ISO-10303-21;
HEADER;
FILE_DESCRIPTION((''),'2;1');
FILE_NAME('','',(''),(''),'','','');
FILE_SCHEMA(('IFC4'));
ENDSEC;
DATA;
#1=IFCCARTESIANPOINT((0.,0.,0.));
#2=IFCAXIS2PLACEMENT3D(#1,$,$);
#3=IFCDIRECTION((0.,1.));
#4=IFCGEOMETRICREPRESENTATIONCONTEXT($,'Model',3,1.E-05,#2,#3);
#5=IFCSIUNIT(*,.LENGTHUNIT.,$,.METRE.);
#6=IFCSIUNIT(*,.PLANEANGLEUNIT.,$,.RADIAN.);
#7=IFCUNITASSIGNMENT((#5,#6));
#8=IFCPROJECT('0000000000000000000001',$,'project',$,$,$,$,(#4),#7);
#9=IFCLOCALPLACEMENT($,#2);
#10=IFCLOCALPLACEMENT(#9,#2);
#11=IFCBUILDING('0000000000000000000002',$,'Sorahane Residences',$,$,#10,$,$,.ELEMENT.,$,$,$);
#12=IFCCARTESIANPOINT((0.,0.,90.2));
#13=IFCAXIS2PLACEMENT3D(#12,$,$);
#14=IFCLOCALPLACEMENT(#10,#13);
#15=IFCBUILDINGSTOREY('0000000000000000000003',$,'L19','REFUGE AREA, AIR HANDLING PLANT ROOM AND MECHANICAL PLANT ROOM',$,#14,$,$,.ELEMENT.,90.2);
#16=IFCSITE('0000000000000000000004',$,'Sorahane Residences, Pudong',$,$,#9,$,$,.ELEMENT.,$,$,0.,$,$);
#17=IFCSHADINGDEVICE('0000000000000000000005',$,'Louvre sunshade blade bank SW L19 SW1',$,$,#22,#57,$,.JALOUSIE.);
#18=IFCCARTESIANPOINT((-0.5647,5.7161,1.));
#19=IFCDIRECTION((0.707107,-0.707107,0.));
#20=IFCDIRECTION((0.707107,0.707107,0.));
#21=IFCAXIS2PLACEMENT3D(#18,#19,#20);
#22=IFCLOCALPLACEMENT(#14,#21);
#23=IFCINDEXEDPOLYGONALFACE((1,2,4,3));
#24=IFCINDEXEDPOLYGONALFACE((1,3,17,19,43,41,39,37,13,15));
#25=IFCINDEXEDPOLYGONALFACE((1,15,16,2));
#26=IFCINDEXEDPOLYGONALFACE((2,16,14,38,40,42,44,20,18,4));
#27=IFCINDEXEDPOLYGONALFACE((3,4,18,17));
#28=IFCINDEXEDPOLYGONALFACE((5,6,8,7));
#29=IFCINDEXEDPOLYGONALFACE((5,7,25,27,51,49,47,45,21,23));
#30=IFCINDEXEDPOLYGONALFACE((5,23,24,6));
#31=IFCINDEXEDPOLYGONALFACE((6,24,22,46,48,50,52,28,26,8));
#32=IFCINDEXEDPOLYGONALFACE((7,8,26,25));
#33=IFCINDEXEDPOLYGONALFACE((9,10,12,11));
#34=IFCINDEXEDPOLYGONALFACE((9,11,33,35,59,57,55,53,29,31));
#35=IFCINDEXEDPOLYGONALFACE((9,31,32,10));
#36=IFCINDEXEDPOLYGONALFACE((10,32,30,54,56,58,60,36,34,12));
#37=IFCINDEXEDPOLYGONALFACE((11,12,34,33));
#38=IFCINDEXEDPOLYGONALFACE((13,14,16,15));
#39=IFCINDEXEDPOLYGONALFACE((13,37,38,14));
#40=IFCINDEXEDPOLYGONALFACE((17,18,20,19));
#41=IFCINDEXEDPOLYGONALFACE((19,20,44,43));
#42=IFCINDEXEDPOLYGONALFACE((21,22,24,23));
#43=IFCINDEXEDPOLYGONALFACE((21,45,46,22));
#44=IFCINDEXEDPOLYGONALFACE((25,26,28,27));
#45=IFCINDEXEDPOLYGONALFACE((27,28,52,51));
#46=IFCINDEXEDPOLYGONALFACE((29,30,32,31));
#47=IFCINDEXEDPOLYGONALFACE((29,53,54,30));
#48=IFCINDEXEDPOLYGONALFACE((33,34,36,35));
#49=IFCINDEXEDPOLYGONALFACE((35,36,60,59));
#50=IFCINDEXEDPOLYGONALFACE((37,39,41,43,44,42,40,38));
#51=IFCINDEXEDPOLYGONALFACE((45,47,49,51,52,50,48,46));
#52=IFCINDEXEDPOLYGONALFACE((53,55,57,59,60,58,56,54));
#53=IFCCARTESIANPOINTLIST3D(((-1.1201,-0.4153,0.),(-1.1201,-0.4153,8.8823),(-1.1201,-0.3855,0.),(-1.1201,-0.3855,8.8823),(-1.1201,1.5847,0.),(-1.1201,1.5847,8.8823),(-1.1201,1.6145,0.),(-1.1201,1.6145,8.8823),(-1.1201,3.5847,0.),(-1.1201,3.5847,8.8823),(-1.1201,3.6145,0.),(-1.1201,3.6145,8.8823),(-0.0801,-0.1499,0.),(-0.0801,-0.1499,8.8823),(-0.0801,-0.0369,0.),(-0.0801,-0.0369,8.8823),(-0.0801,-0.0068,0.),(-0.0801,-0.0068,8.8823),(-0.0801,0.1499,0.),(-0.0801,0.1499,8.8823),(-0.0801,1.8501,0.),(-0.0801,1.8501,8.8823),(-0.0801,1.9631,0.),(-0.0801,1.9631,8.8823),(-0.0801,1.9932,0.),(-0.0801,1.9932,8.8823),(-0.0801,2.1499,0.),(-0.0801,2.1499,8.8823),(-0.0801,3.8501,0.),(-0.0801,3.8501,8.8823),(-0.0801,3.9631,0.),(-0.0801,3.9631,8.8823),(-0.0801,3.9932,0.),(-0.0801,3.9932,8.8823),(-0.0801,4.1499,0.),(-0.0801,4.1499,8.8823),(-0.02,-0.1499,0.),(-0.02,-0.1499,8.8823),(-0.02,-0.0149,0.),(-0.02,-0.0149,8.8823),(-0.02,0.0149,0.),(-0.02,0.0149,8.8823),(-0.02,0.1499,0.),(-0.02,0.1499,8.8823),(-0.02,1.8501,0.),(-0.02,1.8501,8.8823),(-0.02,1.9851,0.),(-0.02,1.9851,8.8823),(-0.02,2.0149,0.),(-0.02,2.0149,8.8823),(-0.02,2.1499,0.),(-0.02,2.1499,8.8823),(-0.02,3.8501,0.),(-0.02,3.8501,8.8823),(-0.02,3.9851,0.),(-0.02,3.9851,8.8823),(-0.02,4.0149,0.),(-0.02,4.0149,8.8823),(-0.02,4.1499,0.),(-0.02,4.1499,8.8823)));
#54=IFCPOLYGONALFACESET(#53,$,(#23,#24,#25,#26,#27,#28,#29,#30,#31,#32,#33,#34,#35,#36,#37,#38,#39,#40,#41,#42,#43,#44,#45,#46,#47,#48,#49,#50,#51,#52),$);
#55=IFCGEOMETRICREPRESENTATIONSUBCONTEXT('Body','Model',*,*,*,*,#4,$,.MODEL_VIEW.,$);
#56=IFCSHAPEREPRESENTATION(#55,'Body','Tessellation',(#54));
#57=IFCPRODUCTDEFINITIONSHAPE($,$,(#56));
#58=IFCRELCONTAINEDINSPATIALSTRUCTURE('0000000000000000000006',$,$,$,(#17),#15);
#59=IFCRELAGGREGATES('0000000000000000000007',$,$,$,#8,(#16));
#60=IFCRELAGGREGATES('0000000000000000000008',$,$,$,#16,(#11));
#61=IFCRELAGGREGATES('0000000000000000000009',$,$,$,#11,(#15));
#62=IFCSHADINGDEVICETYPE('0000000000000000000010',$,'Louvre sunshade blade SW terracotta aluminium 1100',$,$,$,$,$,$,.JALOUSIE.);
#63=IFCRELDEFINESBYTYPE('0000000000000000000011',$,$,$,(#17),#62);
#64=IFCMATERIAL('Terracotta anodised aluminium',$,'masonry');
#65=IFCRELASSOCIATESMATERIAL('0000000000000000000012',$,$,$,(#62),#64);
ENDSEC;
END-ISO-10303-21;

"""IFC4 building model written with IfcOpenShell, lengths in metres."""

from ifc_helpers import new_model, si_unit, direction, frame, origin, place, context, subcontext, project, spatial, polyline, outline, composite_profile, extrude, material, type_object, element, save


model = new_model("IFC4")

# Units and contexts
model_context = context("Model", 3, precision=1e-05, world=origin(), true_north=direction((0.0, 1.0)))
body_context = subcontext(model_context, "Body", "Model", "MODEL_VIEW")
ifc_project = project(units=[si_unit("LENGTHUNIT", "METRE"), si_unit("PLANEANGLEUNIT", "RADIAN")], contexts=[model_context])

# Site, building, storey
site_placement = place(None, origin())
site = spatial("IfcSite", under=ifc_project, at=site_placement, Name="Sorahane Residences, Pudong", CompositionType="ELEMENT", RefElevation=0.0)
building_placement = place(site_placement, origin())
building = spatial("IfcBuilding", under=site, at=building_placement, Name="Sorahane Residences", CompositionType="ELEMENT")
storey_placement = place(building_placement, frame((0.0, 0.0, 90.2)))
storey = spatial("IfcBuildingStorey", under=building, at=storey_placement, Name="L19", Description="REFUGE AREA, AIR HANDLING PLANT ROOM AND MECHANICAL PLANT ROOM", CompositionType="ELEMENT", Elevation=90.2)

# Shading device
ifc_material_1 = material(Name="Terracotta anodised aluminium", Category="masonry")
shading_device_type = type_object("IfcShadingDeviceType", Name="Louvre sunshade blade SW terracotta aluminium 1100", PredefinedType="JALOUSIE", material=ifc_material_1)
shading_device_placement = place(storey_placement, frame((-0.5647, 5.7161, 1.0), z_axis=(0.707107, -0.707107, 0.0), x_axis=(0.707107, 0.707107, 0.0)))
element("IfcShadingDevice", 1, at=shading_device_placement, inside=storey, type_object=shading_device_type, Name="Louvre sunshade blade bank SW L19 SW1", PredefinedType="JALOUSIE", context=body_context, shape_type="SweptSolid", body=[
    extrude(composite_profile([outline(polyline([(-1.1201, -0.3855), (-1.1201, -0.4153), (-0.0801, -0.0369), (-0.0801, -0.1499), (-0.02, -0.1499), (-0.02, -0.0149), (-0.02, 0.0149), (-0.02, 0.1499), (-0.0801, 0.1499), (-0.0801, -0.0068), (-1.1201, -0.3855)])), outline(polyline([(-1.1201, 1.6145), (-1.1201, 1.5847), (-0.0801, 1.9631), (-0.0801, 1.8501), (-0.02, 1.8501), (-0.02, 1.9851), (-0.02, 2.0149), (-0.02, 2.1499), (-0.0801, 2.1499), (-0.0801, 1.9932), (-1.1201, 1.6145)])), outline(polyline([(-1.1201, 3.6145), (-1.1201, 3.5847), (-0.0801, 3.9631), (-0.0801, 3.8501), (-0.02, 3.8501), (-0.02, 3.9851), (-0.02, 4.0149), (-0.02, 4.1499), (-0.0801, 4.1499), (-0.0801, 3.9932), (-1.1201, 3.6145)]))]), origin(), (0.0, 0.0, 1.0), 8.8823),
])

save(model, "model.ifc")
